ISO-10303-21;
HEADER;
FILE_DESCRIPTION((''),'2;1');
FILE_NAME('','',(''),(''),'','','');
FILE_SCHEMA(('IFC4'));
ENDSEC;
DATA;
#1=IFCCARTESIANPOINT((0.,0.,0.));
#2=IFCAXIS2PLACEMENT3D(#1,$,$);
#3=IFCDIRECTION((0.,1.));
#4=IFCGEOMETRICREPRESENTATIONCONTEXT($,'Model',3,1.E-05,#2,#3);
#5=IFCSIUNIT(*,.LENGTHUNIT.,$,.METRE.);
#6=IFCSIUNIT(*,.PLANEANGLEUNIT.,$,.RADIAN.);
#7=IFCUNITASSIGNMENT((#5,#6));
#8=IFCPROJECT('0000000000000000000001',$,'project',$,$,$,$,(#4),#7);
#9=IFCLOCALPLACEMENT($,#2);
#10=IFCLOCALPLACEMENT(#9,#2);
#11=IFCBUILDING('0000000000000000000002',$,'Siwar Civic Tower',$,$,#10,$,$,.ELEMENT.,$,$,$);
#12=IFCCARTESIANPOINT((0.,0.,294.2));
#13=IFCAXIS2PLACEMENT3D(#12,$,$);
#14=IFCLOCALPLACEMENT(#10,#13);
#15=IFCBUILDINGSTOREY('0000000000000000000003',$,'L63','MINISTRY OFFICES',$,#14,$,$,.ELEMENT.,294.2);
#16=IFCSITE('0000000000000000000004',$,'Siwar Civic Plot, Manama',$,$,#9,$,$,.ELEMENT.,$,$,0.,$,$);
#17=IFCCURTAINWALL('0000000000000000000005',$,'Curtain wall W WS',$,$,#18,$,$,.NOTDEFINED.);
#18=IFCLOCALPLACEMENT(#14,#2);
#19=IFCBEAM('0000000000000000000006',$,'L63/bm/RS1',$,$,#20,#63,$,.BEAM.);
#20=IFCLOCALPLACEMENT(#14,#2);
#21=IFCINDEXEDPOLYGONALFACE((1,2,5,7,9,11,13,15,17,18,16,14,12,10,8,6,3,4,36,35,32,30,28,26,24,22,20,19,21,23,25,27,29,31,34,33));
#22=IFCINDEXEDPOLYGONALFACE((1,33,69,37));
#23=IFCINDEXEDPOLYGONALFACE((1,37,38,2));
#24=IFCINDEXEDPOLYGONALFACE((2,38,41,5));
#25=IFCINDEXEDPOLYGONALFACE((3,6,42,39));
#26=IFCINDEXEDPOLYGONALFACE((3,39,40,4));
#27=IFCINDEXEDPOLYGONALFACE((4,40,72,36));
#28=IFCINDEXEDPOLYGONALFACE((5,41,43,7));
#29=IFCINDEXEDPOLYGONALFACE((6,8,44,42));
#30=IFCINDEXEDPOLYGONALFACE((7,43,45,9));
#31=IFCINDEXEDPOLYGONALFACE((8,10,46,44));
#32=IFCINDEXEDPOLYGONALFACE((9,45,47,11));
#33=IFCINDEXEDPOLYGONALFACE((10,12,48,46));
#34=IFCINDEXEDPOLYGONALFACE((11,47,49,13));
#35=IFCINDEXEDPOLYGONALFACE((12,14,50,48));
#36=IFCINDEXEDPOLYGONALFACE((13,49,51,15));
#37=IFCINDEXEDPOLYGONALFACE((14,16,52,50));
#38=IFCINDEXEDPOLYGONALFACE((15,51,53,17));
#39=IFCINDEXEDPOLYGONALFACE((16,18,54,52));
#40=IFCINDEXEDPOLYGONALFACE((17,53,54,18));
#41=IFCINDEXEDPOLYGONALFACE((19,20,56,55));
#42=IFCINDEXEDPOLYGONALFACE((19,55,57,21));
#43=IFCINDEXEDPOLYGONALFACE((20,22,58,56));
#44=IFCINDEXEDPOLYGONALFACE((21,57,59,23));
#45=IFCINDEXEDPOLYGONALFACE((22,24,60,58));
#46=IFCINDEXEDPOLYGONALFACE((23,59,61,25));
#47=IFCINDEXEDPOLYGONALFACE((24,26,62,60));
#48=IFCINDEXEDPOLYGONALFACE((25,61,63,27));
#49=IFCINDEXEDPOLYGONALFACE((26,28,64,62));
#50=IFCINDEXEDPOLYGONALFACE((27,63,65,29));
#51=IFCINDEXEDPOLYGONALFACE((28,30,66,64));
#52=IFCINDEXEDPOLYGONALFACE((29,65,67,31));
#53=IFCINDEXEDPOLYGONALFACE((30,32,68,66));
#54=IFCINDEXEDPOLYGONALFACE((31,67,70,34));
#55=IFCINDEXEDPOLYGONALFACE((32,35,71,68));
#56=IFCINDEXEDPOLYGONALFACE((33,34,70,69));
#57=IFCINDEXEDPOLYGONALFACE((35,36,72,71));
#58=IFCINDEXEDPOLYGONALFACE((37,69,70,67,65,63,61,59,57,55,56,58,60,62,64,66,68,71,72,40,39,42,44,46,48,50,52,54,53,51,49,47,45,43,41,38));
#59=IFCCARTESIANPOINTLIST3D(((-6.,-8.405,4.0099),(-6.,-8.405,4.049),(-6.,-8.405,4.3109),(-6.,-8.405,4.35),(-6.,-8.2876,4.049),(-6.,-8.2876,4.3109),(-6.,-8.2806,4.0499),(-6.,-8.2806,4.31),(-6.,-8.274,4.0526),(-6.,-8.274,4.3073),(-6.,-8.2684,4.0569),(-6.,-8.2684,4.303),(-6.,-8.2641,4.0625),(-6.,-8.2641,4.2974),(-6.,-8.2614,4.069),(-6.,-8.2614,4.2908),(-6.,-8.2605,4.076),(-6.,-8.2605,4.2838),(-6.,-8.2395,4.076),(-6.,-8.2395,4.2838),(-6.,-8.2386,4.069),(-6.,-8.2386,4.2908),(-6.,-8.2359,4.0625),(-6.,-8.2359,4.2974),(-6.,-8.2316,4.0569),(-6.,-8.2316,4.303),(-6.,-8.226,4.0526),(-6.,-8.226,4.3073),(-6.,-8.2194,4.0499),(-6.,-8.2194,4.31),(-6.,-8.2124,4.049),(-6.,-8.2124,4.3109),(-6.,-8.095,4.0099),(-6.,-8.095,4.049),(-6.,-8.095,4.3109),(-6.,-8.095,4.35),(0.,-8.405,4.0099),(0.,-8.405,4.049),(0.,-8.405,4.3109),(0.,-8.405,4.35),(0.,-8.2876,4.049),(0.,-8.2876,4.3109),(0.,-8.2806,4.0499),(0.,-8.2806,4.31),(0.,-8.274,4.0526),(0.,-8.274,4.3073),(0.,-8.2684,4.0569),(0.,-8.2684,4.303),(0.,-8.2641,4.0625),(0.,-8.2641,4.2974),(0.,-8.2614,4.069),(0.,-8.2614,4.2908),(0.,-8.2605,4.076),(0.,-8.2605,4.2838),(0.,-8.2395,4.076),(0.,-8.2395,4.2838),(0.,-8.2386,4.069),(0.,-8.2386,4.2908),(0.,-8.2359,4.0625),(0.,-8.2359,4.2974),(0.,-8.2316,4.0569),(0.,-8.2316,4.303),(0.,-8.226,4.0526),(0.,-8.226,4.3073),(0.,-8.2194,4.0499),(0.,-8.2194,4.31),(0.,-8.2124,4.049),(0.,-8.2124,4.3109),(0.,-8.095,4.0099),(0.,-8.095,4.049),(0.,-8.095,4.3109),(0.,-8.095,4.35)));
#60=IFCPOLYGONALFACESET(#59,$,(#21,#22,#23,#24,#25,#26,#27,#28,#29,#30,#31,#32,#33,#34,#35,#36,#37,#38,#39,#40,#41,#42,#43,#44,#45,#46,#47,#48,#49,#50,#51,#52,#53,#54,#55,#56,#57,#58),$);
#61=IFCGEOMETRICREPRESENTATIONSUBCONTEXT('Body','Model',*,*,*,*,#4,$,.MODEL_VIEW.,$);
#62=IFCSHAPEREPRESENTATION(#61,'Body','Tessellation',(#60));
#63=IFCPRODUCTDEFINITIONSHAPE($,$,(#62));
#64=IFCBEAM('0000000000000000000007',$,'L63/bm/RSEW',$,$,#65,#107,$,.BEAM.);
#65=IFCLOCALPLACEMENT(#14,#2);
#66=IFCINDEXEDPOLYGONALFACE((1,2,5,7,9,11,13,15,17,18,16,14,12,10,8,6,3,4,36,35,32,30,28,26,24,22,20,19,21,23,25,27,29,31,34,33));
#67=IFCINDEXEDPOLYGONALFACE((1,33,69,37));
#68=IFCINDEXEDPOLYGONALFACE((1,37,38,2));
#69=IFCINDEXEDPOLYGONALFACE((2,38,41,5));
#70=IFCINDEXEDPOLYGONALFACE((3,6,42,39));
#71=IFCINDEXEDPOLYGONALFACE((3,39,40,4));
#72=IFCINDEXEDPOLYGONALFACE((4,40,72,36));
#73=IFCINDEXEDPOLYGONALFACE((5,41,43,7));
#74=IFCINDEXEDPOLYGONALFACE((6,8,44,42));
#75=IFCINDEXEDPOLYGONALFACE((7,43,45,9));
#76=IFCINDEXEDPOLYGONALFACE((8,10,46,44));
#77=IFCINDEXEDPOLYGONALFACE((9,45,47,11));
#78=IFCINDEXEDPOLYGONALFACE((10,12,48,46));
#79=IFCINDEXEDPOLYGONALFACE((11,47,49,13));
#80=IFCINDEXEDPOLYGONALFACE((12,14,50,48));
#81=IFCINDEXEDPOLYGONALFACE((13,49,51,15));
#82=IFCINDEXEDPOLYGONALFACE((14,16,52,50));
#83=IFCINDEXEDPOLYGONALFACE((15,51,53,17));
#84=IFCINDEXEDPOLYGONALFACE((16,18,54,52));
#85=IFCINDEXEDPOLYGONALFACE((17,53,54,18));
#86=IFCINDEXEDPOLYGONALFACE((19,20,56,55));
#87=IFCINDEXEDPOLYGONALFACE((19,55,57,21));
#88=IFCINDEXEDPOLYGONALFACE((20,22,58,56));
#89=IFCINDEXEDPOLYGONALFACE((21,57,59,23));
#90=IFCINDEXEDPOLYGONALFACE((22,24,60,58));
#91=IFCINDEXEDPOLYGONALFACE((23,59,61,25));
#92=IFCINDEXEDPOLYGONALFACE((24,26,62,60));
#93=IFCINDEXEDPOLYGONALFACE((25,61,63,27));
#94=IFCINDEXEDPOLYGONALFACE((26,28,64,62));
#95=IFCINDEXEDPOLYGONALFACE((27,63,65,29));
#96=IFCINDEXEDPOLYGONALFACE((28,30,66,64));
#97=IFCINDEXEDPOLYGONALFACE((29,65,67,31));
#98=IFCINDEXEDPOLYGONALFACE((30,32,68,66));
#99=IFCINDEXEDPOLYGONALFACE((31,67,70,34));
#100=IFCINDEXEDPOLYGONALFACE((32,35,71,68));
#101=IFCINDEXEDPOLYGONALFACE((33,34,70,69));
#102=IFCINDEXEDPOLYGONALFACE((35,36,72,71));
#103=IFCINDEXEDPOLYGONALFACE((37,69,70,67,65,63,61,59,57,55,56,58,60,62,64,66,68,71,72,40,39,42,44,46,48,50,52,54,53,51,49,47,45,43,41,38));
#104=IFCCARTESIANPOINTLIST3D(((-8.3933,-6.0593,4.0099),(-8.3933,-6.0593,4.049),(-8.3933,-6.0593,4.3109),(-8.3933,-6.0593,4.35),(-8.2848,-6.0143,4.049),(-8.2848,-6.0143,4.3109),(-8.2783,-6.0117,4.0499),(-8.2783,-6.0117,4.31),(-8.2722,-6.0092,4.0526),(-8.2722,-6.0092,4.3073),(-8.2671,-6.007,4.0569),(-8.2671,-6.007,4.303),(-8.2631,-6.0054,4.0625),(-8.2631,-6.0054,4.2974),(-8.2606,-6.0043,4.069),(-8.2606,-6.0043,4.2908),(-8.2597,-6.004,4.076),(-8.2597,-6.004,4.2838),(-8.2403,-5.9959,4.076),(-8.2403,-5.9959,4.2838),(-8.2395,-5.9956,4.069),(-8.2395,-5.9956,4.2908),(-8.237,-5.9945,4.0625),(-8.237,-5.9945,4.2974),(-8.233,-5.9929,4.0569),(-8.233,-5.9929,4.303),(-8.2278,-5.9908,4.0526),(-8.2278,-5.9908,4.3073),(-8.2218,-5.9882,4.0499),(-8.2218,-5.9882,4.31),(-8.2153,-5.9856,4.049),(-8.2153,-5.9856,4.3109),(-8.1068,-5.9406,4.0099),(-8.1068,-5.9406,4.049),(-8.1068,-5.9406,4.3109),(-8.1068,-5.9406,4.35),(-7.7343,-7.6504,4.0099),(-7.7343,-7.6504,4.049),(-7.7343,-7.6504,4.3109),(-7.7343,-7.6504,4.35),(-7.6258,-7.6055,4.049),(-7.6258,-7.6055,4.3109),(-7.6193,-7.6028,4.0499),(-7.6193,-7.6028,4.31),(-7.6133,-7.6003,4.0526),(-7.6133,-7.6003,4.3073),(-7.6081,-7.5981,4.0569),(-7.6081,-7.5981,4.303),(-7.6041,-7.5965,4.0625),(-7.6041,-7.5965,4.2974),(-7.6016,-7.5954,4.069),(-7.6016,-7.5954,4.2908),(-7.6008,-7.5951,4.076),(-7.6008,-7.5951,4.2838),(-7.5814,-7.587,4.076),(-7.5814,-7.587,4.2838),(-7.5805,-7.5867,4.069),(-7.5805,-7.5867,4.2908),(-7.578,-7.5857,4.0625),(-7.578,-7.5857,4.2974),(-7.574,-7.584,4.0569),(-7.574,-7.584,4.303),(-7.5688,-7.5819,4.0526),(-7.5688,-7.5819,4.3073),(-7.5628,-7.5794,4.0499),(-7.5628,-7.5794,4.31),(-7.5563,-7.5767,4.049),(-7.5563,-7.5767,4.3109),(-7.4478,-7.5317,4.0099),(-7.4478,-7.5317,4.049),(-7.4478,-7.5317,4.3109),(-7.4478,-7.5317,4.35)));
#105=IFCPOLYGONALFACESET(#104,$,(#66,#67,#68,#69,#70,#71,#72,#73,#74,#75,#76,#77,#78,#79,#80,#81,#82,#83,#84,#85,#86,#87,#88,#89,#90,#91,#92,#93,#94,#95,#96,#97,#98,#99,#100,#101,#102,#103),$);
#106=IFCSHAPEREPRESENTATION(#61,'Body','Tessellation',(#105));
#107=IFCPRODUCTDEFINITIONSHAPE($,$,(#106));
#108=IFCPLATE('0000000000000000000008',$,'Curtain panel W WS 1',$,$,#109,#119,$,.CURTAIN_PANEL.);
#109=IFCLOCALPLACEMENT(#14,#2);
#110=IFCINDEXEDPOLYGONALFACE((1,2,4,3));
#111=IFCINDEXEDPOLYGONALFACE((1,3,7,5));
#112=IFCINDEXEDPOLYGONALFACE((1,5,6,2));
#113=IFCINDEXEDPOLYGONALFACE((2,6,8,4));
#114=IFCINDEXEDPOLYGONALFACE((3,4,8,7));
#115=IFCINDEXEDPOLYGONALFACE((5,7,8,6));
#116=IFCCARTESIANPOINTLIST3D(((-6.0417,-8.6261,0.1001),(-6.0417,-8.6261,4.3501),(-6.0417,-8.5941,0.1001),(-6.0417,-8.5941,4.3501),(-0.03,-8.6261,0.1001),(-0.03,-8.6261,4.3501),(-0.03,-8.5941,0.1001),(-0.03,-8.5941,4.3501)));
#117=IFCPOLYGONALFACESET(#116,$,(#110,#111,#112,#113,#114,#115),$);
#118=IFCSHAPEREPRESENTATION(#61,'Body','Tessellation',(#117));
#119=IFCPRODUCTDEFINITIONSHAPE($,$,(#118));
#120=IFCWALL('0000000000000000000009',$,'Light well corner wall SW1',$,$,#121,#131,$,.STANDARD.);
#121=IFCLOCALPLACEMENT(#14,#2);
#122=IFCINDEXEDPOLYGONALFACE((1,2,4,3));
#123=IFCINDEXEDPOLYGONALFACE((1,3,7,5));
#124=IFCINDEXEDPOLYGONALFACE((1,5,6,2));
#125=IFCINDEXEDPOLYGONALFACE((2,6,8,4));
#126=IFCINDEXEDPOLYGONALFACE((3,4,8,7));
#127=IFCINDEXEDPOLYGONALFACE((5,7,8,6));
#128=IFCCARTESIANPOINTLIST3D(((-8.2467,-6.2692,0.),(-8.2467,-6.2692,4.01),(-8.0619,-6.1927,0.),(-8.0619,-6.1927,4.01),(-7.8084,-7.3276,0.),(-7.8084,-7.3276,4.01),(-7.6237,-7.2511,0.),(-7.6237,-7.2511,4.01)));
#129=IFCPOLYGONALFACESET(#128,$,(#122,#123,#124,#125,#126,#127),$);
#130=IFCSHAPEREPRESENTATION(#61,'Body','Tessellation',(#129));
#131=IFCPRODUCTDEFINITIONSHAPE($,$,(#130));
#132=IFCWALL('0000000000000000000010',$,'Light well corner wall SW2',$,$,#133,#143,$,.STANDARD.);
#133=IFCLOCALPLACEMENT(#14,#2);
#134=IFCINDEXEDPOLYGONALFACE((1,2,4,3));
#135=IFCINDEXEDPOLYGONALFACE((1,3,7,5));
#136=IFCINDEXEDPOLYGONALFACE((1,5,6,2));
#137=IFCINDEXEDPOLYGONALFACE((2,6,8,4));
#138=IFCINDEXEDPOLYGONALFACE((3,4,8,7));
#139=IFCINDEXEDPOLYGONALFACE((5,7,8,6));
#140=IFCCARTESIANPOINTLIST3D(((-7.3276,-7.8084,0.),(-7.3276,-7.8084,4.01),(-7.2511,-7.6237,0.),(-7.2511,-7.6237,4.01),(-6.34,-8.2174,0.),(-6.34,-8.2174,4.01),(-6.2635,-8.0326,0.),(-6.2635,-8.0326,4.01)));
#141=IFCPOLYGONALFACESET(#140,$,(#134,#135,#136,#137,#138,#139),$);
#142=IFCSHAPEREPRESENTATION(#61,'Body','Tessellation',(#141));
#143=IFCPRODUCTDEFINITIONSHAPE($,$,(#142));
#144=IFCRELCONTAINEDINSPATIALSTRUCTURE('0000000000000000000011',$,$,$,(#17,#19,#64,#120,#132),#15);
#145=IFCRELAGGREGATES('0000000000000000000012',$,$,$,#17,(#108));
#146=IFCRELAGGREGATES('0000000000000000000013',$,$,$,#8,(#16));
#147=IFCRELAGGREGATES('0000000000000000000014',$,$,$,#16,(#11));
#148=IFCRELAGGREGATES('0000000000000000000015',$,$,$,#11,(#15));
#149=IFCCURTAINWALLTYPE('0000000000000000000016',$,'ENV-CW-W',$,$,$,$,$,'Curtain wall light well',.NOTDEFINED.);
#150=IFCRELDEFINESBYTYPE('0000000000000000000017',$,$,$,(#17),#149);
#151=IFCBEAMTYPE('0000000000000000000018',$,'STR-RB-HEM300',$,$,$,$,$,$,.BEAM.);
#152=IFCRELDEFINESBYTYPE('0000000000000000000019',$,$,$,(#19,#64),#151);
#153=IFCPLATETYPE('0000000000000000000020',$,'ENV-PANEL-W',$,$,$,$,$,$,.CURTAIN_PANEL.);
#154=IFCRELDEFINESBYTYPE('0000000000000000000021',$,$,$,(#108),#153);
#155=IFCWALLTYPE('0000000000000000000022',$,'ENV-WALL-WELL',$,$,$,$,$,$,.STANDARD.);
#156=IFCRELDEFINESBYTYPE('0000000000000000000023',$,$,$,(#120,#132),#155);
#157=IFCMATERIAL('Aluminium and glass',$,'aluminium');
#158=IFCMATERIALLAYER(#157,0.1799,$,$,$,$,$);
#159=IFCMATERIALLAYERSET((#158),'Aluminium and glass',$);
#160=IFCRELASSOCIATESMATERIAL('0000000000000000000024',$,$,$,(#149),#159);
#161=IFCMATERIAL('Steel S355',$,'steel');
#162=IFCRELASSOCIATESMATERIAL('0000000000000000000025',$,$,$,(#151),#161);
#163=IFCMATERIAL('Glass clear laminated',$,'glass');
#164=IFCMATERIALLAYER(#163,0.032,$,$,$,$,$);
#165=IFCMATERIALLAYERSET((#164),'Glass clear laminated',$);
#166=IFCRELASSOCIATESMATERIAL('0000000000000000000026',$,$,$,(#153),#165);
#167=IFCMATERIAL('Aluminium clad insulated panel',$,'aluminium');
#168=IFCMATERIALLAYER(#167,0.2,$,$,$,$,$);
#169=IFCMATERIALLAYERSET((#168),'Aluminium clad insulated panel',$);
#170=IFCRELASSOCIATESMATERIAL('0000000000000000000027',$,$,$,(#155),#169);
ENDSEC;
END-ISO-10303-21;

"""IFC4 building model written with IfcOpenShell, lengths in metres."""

from ifc_helpers import new_model, si_unit, direction, frame, frame_2d, origin, origin_2d, place, context, subcontext, project, spatial, rectangle, i_section, extrude, material, layer, layer_set, material_profile, profile_set, type_object, element, aggregate, save


model = new_model("IFC4")

# Units and contexts
model_context = context("Model", 3, precision=1e-05, world=origin(), true_north=direction((0.0, 1.0)))
body_context = subcontext(model_context, "Body", "Model", "MODEL_VIEW")
ifc_project = project(units=[si_unit("LENGTHUNIT", "METRE"), si_unit("PLANEANGLEUNIT", "RADIAN")], contexts=[model_context])

# Site, building, storey
site_placement = place(None, origin())
site = spatial("IfcSite", under=ifc_project, at=site_placement, Name="Siwar Civic Plot, Manama", CompositionType="ELEMENT", RefElevation=0.0)
building_placement = place(site_placement, origin())
building = spatial("IfcBuilding", under=site, at=building_placement, Name="Siwar Civic Tower", CompositionType="ELEMENT")
storey_placement = place(building_placement, frame((0.0, 0.0, 294.2)))
storey = spatial("IfcBuildingStorey", under=building, at=storey_placement, Name="L63", Description="MINISTRY OFFICES", CompositionType="ELEMENT", Elevation=294.2)

# Curtain wall
ifc_material_1 = material(Name="Aluminium and glass", Category="aluminium")
ifc_layer_1 = layer(ifc_material_1, 0.1799)
ifc_layer_set_1 = layer_set([ifc_layer_1], Name="Aluminium and glass")
curtain_wall_type = type_object("IfcCurtainWallType", Name="ENV-CW-W", ElementType="Curtain wall light well", PredefinedType="NOTDEFINED", material=ifc_layer_set_1)
curtain_wall_placement = place(storey_placement, origin())
curtain_wall = element("IfcCurtainWall", 1, at=curtain_wall_placement, inside=storey, type_object=curtain_wall_type, Name="Curtain wall W WS", PredefinedType="NOTDEFINED")

# Beams
ifc_material_2 = material(Name="Steel S355", Category="steel")
ifc_material_profile_1 = material_profile(ifc_material_2, i_section(OverallWidth=0.3101, OverallDepth=0.3401, WebThickness=0.021, FlangeThickness=0.0391, FilletRadius=0.0271, at=origin_2d()), Name="HEM300")
ifc_profile_set_1 = profile_set([ifc_material_profile_1], Name="Steel S355")
beam_type_1 = type_object("IfcBeamType", Name="STR-RB-HEM300", PredefinedType="BEAM", material=ifc_profile_set_1)
beam_1_placement = place(storey_placement, frame((-6.0, -8.25, 4.1799), z_axis=(1.0, 0.0, 0.0), x_axis=(0.0, 1.0, 0.0)))
element("IfcBeam", 2, at=beam_1_placement, inside=storey, type_object=beam_type_1, Name="L63/bm/RS1", PredefinedType="BEAM", context=body_context, shape_type="SweptSolid", body=[
    extrude(i_section(OverallWidth=0.3101, OverallDepth=0.3401, WebThickness=0.021, FlangeThickness=0.0391, FilletRadius=0.0271, at=origin_2d()), origin(), (0.0, 0.0, 1.0), 6.0),
])
beam_2_placement = place(storey_placement, frame((-7.5911, -7.5911, 4.1799), z_axis=(-0.382631, 0.923901, 0.0), x_axis=(-0.923901, -0.382631, 0.0)))
element("IfcBeam", 3, at=beam_2_placement, inside=storey, type_object=beam_type_1, Name="L63/bm/RSEW", PredefinedType="BEAM", context=body_context, shape_type="SweptSolid", body=[
    extrude(i_section(OverallWidth=0.3101, OverallDepth=0.3401, WebThickness=0.021, FlangeThickness=0.0391, FilletRadius=0.0271, at=origin_2d()), origin(), (0.0, 0.0, 1.0), 1.7222),
])

# Plate
ifc_material_3 = material(Name="Glass clear laminated", Category="glass")
ifc_layer_2 = layer(ifc_material_3, 0.032)
ifc_layer_set_2 = layer_set([ifc_layer_2], Name="Glass clear laminated")
plate_type = type_object("IfcPlateType", Name="ENV-PANEL-W", PredefinedType="CURTAIN_PANEL", material=ifc_layer_set_2)
plate_placement = place(storey_placement, frame((-3.0359, -8.6101, 0.1001), z_axis=(0.0, 0.0, 1.0), x_axis=(1.0, 0.0, 0.0)))
plate = element("IfcPlate", 4, at=plate_placement, type_object=plate_type, Name="Curtain panel W WS 1", PredefinedType="CURTAIN_PANEL", context=body_context, shape_type="SweptSolid", body=[
    extrude(rectangle(XDim=6.0117, YDim=0.032, at=origin_2d()), origin(), (0.0, 0.0, 1.0), 4.25),
])
aggregate(curtain_wall, [plate])

# Walls
ifc_material_4 = material(Name="Aluminium clad insulated panel", Category="aluminium")
ifc_layer_3 = layer(ifc_material_4, 0.2)
ifc_layer_set_3 = layer_set([ifc_layer_3], Name="Aluminium clad insulated panel")
wall_type = type_object("IfcWallType", Name="ENV-WALL-WELL", PredefinedType="STANDARD", material=ifc_layer_set_3)
wall_1_placement = place(storey_placement, frame((-8.1543, -6.231, 0.0), z_axis=(0.0, 0.0, 1.0), x_axis=(0.382571, -0.923926, 0.0)))
element("IfcWall", 5, at=wall_1_placement, inside=storey, type_object=wall_type, Name="Light well corner wall SW1", PredefinedType="STANDARD", context=body_context, shape_type="SweptSolid", body=[
    extrude(rectangle(XDim=1.1455, YDim=0.2, at=frame_2d((0.5728, 0.0))), origin(), (0.0, 0.0, 1.0), 4.01),
])
wall_2_placement = place(storey_placement, frame((-7.2893, -7.7161, 0.0), z_axis=(0.0, 0.0, 1.0), x_axis=(0.923919, -0.382587, 0.0)))
element("IfcWall", 6, at=wall_2_placement, inside=storey, type_object=wall_type, Name="Light well corner wall SW2", PredefinedType="STANDARD", context=body_context, shape_type="SweptSolid", body=[
    extrude(rectangle(XDim=1.0688, YDim=0.2, at=frame_2d((0.5344, 0.0))), origin(), (0.0, 0.0, 1.0), 4.01),
])

save(model, "model.ifc")
